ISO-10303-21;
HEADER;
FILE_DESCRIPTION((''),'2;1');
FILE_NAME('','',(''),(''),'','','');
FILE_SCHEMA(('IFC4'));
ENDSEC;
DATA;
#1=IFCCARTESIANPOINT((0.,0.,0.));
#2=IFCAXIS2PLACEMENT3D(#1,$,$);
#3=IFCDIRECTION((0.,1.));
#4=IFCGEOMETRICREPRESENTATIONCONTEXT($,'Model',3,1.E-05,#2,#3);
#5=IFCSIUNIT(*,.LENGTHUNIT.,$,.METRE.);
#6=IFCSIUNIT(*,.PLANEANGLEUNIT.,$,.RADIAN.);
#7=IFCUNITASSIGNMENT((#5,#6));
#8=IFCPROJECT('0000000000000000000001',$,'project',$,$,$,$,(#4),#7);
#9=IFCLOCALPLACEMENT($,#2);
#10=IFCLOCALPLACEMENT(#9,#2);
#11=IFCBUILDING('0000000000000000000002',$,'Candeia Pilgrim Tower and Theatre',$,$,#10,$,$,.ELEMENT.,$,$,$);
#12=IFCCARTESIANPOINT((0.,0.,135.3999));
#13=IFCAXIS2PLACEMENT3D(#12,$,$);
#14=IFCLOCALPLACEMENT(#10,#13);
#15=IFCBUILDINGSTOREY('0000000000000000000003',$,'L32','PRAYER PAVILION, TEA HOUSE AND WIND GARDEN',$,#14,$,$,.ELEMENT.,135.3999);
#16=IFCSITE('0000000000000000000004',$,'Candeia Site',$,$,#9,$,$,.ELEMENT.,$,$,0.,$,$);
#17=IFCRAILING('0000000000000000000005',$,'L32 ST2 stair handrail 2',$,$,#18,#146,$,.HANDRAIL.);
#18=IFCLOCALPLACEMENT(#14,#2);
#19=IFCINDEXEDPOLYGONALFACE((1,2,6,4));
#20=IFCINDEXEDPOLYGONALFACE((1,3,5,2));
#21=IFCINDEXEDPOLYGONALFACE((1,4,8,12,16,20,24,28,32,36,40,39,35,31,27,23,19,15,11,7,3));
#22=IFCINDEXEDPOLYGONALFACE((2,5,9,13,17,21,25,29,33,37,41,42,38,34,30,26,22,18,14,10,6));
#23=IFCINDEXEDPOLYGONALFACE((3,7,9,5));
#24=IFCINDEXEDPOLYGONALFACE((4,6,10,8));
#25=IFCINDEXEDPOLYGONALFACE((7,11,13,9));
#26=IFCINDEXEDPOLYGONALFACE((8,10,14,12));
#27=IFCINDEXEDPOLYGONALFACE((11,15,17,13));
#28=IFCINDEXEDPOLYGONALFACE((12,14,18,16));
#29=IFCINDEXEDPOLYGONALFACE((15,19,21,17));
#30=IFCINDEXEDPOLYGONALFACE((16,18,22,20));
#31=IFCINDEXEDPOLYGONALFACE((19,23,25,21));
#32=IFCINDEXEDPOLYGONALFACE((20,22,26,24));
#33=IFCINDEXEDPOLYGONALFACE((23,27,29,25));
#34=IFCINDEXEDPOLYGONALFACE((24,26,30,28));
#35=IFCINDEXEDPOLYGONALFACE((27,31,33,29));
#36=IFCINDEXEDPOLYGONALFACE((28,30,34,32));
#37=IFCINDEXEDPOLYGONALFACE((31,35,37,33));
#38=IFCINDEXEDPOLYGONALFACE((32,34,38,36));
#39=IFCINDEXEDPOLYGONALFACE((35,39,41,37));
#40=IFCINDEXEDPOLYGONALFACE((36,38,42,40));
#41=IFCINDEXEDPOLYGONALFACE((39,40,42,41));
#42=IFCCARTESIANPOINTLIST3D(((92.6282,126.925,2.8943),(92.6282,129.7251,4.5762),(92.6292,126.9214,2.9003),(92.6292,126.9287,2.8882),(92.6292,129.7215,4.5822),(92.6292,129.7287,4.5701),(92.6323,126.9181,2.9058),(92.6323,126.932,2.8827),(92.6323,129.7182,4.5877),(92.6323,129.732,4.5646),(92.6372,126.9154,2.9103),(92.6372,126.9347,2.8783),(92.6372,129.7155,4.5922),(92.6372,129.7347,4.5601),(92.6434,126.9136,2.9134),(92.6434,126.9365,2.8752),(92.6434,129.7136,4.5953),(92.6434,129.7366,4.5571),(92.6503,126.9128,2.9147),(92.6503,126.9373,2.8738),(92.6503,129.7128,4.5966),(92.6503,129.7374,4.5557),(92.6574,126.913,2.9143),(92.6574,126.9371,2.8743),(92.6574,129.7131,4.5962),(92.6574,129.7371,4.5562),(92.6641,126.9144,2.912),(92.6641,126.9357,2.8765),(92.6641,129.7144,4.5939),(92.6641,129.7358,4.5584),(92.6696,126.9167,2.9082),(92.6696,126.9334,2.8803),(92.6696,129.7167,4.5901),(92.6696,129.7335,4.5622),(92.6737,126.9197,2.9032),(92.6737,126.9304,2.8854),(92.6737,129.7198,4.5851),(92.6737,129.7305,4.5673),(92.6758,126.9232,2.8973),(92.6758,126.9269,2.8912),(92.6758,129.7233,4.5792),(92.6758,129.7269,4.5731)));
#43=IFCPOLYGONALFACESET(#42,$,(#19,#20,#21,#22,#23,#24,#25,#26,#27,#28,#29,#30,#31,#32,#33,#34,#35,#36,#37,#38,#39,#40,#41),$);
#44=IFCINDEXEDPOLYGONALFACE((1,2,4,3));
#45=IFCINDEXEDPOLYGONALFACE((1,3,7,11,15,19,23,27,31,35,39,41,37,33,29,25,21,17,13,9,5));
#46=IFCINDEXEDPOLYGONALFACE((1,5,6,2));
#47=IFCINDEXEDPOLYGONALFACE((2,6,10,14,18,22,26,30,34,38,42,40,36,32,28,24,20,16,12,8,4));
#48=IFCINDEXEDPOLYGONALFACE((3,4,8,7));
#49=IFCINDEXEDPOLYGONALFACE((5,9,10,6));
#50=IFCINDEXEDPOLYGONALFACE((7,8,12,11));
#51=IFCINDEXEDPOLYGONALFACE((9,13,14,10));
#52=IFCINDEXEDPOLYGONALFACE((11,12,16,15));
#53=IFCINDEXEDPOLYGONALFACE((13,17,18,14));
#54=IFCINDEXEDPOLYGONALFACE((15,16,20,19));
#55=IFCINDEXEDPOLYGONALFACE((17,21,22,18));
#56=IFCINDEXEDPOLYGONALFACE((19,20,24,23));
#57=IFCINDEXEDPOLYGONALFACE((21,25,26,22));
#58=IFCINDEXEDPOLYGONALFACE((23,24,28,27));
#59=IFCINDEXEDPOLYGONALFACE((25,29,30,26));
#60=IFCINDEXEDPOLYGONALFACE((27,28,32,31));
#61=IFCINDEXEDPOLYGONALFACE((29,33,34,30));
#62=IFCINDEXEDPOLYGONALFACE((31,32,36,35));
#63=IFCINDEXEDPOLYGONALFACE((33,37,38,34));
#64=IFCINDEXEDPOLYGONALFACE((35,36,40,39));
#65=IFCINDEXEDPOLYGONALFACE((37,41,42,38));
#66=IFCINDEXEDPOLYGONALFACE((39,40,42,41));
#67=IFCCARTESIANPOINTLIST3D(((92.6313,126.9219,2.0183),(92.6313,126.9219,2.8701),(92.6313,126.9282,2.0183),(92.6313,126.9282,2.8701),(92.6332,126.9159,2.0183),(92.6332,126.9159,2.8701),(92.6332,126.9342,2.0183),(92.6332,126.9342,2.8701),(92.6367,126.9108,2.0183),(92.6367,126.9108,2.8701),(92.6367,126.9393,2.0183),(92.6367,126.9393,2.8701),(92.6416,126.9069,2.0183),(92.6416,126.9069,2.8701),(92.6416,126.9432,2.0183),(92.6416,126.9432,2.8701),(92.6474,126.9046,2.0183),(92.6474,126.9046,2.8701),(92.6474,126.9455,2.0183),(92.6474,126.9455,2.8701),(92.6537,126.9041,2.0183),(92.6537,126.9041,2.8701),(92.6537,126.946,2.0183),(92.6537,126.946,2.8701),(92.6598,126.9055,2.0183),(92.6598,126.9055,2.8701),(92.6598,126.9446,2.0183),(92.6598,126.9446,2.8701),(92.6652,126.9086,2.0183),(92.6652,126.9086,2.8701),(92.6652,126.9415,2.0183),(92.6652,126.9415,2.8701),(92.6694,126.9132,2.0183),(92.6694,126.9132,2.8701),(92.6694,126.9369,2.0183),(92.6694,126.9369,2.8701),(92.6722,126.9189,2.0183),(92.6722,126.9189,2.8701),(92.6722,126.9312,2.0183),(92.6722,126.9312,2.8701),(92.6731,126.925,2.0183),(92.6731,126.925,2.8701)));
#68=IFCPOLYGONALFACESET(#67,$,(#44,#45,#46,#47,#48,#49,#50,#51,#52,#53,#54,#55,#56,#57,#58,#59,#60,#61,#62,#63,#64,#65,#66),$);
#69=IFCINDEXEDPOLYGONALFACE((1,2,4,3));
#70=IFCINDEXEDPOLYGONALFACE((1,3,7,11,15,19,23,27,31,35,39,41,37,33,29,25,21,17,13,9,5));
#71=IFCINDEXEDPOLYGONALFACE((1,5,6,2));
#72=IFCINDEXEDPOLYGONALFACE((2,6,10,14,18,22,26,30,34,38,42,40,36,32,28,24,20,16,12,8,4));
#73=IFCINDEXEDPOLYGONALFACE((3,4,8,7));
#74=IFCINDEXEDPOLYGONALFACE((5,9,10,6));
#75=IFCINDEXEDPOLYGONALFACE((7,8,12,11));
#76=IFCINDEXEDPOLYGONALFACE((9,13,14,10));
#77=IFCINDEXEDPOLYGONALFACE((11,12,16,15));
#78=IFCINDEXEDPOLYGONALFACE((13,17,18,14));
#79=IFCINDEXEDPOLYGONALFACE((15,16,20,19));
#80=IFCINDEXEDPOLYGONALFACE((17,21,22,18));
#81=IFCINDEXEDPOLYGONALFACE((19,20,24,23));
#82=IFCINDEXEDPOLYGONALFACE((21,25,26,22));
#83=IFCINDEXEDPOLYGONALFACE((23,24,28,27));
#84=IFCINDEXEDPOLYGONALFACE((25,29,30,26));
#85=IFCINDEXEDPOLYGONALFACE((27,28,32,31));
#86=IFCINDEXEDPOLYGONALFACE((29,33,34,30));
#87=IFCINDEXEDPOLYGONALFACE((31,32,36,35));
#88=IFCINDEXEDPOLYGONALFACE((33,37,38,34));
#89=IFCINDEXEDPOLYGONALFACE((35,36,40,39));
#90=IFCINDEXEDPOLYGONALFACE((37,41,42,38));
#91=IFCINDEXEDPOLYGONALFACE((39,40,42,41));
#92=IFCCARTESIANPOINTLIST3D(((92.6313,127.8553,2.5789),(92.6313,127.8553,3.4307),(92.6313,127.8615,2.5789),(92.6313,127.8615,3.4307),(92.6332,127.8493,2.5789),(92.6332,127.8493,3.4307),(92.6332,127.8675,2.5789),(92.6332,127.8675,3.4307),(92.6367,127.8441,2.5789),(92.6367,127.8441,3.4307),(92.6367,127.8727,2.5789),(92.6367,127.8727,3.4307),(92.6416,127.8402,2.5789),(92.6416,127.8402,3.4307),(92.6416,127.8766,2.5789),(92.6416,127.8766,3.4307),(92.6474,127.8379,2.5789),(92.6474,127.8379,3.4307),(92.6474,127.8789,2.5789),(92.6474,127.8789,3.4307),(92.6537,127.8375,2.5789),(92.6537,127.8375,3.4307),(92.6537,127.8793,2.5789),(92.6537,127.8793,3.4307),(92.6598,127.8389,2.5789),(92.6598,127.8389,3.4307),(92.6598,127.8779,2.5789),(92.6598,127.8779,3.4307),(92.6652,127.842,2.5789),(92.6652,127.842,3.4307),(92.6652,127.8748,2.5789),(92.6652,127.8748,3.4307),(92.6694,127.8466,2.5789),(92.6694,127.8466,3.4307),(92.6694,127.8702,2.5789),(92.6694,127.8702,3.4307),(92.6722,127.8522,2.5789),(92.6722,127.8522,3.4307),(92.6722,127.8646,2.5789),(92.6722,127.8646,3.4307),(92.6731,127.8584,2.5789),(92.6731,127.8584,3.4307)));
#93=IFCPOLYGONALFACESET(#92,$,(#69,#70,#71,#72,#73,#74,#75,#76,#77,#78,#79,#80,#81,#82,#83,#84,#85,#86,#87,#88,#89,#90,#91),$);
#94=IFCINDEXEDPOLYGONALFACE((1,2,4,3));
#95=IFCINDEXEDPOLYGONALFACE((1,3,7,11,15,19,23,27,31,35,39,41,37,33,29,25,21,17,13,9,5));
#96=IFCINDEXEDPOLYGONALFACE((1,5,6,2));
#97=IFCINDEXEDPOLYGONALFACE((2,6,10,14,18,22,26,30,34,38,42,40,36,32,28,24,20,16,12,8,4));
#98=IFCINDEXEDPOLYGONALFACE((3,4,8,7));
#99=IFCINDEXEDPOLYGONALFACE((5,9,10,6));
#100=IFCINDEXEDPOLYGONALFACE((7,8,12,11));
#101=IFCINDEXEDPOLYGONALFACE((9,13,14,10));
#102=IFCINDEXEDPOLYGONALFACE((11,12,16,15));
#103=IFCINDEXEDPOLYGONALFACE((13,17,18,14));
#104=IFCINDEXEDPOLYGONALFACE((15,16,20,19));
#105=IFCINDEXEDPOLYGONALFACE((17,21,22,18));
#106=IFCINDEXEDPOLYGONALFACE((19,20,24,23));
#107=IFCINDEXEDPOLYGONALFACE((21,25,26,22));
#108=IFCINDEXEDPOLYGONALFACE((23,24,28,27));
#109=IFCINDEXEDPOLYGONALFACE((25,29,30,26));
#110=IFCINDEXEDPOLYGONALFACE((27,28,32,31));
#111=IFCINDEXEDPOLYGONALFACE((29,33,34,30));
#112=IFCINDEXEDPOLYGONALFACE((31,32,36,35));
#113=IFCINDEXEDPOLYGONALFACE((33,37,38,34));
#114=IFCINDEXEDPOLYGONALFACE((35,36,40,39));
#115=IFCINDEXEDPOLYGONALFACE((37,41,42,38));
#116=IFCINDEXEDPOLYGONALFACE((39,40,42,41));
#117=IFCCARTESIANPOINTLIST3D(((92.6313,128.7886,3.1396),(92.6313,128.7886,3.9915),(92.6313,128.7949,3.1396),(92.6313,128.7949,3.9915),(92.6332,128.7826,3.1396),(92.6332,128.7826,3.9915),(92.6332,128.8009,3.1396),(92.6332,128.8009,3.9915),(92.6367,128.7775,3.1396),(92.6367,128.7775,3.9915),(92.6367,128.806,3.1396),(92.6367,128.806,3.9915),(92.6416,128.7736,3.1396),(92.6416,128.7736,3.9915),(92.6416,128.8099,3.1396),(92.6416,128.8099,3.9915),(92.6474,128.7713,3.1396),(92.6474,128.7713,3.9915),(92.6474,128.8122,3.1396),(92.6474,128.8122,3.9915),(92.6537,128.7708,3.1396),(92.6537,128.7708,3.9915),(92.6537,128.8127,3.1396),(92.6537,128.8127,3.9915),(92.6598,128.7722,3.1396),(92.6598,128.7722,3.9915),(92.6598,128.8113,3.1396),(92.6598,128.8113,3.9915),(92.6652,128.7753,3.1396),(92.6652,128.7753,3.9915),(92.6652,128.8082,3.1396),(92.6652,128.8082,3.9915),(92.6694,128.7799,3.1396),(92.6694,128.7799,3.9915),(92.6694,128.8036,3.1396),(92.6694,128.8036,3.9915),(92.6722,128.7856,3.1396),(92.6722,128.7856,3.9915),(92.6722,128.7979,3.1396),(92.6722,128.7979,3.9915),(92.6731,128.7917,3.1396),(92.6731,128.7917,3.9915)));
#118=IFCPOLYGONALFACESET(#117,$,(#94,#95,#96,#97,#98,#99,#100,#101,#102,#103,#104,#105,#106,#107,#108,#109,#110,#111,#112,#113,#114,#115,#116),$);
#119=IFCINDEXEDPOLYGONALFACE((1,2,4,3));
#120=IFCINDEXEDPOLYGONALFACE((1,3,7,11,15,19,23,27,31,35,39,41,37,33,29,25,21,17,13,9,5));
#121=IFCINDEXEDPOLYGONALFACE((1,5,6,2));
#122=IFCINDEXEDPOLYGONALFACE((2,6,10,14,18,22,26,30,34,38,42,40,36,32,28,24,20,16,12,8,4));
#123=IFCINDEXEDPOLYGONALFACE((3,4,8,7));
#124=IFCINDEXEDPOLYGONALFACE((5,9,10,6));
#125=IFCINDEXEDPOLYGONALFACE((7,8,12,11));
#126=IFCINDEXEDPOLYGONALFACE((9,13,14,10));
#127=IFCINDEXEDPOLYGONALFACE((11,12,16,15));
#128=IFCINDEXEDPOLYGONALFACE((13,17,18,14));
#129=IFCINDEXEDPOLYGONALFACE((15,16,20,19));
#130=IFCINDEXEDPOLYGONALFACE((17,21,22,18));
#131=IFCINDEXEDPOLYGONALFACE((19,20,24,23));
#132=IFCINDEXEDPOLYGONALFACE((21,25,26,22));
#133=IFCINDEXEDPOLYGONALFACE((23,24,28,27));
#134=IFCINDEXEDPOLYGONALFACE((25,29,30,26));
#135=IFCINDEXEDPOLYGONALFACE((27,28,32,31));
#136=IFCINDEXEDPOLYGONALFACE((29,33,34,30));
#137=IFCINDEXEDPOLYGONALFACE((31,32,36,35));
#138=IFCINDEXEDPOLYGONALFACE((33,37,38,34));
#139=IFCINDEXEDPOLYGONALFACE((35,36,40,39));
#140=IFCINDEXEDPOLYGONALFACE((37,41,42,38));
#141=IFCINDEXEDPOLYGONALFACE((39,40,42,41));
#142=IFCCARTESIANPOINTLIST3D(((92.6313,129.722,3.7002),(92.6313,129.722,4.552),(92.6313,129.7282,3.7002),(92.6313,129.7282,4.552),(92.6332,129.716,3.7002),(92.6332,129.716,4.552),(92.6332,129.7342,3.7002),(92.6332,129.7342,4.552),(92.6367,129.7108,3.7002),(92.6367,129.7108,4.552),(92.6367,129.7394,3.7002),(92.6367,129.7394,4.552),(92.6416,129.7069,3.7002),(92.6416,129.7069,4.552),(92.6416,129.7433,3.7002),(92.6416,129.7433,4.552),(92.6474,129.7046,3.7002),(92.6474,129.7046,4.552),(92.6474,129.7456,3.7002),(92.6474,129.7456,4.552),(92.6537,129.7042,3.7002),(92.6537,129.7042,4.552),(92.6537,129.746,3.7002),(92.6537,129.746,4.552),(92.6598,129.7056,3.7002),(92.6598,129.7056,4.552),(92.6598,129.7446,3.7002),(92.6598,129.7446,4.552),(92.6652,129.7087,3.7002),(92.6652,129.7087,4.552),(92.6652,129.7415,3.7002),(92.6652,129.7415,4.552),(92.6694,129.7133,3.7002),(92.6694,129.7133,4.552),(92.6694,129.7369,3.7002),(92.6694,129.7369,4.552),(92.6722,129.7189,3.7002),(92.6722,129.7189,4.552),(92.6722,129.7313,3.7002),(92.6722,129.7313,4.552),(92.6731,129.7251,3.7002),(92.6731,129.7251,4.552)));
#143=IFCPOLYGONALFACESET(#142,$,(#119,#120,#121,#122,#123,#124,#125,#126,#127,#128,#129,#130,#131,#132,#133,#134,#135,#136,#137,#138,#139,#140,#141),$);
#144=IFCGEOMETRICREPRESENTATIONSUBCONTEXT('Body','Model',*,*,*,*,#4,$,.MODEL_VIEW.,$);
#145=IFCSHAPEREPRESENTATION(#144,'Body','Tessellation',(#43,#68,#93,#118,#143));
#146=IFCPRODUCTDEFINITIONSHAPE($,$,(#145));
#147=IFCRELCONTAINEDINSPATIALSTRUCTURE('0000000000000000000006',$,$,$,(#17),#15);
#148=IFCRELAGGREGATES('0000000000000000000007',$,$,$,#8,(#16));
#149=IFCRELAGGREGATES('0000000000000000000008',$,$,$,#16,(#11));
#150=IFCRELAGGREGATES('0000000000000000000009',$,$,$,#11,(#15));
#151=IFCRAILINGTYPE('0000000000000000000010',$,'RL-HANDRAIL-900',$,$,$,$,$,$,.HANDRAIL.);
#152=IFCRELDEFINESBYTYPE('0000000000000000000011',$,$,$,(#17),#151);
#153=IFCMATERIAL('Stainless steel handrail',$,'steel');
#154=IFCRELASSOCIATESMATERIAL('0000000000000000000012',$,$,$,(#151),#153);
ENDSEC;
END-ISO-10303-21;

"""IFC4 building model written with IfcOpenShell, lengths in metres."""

from ifc_helpers import new_model, si_unit, direction, frame, origin, origin_2d, place, context, subcontext, project, spatial, circle, extrude, material, type_object, element, save


model = new_model("IFC4")

# Units and contexts
model_context = context("Model", 3, precision=1e-05, world=origin(), true_north=direction((0.0, 1.0)))
body_context = subcontext(model_context, "Body", "Model", "MODEL_VIEW")
ifc_project = project(units=[si_unit("LENGTHUNIT", "METRE"), si_unit("PLANEANGLEUNIT", "RADIAN")], contexts=[model_context])

# Site, building, storey
site_placement = place(None, origin())
site = spatial("IfcSite", under=ifc_project, at=site_placement, Name="Candeia Site", CompositionType="ELEMENT", RefElevation=0.0)
building_placement = place(site_placement, origin())
building = spatial("IfcBuilding", under=site, at=building_placement, Name="Candeia Pilgrim Tower and Theatre", CompositionType="ELEMENT")
storey_placement = place(building_placement, frame((0.0, 0.0, 135.3999)))
storey = spatial("IfcBuildingStorey", under=building, at=storey_placement, Name="L32", Description="PRAYER PAVILION, TEA HOUSE AND WIND GARDEN", CompositionType="ELEMENT", Elevation=135.3999)

# Railing
ifc_material_1 = material(Name="Stainless steel handrail", Category="steel")
railing_type_1 = type_object("IfcRailingType", Name="RL-HANDRAIL-900", PredefinedType="HANDRAIL", material=ifc_material_1)
railing_1_placement = place(storey_placement, frame((92.6521, 126.925, 2.0183)))
element("IfcRailing", 1, at=railing_1_placement, inside=storey, type_object=railing_type_1, Name="L32 ST2 stair handrail 2", PredefinedType="HANDRAIL", context=body_context, shape_type="SweptSolid", body=[
    extrude(circle(Radius=0.0239, at=origin_2d()), frame((0.0, 0.0, 0.876), z_axis=(0.0, 0.857242, 0.514913), x_axis=(-1.0, 0.0, 0.0)), (0.0, 0.0, 1.0), 3.2664),
    extrude(circle(Radius=0.021, at=origin_2d()), origin(), (0.0, 0.0, 1.0), 0.8518),
    extrude(circle(Radius=0.021, at=origin_2d()), frame((0.0, 0.9333, 0.5605)), (0.0, 0.0, 1.0), 0.8518),
    extrude(circle(Radius=0.021, at=origin_2d()), frame((0.0, 1.8667, 1.1213)), (0.0, 0.0, 1.0), 0.8518),
    extrude(circle(Radius=0.021, at=origin_2d()), frame((0.0, 2.8, 1.6819)), (0.0, 0.0, 1.0), 0.8518),
])

save(model, "model.ifc")
